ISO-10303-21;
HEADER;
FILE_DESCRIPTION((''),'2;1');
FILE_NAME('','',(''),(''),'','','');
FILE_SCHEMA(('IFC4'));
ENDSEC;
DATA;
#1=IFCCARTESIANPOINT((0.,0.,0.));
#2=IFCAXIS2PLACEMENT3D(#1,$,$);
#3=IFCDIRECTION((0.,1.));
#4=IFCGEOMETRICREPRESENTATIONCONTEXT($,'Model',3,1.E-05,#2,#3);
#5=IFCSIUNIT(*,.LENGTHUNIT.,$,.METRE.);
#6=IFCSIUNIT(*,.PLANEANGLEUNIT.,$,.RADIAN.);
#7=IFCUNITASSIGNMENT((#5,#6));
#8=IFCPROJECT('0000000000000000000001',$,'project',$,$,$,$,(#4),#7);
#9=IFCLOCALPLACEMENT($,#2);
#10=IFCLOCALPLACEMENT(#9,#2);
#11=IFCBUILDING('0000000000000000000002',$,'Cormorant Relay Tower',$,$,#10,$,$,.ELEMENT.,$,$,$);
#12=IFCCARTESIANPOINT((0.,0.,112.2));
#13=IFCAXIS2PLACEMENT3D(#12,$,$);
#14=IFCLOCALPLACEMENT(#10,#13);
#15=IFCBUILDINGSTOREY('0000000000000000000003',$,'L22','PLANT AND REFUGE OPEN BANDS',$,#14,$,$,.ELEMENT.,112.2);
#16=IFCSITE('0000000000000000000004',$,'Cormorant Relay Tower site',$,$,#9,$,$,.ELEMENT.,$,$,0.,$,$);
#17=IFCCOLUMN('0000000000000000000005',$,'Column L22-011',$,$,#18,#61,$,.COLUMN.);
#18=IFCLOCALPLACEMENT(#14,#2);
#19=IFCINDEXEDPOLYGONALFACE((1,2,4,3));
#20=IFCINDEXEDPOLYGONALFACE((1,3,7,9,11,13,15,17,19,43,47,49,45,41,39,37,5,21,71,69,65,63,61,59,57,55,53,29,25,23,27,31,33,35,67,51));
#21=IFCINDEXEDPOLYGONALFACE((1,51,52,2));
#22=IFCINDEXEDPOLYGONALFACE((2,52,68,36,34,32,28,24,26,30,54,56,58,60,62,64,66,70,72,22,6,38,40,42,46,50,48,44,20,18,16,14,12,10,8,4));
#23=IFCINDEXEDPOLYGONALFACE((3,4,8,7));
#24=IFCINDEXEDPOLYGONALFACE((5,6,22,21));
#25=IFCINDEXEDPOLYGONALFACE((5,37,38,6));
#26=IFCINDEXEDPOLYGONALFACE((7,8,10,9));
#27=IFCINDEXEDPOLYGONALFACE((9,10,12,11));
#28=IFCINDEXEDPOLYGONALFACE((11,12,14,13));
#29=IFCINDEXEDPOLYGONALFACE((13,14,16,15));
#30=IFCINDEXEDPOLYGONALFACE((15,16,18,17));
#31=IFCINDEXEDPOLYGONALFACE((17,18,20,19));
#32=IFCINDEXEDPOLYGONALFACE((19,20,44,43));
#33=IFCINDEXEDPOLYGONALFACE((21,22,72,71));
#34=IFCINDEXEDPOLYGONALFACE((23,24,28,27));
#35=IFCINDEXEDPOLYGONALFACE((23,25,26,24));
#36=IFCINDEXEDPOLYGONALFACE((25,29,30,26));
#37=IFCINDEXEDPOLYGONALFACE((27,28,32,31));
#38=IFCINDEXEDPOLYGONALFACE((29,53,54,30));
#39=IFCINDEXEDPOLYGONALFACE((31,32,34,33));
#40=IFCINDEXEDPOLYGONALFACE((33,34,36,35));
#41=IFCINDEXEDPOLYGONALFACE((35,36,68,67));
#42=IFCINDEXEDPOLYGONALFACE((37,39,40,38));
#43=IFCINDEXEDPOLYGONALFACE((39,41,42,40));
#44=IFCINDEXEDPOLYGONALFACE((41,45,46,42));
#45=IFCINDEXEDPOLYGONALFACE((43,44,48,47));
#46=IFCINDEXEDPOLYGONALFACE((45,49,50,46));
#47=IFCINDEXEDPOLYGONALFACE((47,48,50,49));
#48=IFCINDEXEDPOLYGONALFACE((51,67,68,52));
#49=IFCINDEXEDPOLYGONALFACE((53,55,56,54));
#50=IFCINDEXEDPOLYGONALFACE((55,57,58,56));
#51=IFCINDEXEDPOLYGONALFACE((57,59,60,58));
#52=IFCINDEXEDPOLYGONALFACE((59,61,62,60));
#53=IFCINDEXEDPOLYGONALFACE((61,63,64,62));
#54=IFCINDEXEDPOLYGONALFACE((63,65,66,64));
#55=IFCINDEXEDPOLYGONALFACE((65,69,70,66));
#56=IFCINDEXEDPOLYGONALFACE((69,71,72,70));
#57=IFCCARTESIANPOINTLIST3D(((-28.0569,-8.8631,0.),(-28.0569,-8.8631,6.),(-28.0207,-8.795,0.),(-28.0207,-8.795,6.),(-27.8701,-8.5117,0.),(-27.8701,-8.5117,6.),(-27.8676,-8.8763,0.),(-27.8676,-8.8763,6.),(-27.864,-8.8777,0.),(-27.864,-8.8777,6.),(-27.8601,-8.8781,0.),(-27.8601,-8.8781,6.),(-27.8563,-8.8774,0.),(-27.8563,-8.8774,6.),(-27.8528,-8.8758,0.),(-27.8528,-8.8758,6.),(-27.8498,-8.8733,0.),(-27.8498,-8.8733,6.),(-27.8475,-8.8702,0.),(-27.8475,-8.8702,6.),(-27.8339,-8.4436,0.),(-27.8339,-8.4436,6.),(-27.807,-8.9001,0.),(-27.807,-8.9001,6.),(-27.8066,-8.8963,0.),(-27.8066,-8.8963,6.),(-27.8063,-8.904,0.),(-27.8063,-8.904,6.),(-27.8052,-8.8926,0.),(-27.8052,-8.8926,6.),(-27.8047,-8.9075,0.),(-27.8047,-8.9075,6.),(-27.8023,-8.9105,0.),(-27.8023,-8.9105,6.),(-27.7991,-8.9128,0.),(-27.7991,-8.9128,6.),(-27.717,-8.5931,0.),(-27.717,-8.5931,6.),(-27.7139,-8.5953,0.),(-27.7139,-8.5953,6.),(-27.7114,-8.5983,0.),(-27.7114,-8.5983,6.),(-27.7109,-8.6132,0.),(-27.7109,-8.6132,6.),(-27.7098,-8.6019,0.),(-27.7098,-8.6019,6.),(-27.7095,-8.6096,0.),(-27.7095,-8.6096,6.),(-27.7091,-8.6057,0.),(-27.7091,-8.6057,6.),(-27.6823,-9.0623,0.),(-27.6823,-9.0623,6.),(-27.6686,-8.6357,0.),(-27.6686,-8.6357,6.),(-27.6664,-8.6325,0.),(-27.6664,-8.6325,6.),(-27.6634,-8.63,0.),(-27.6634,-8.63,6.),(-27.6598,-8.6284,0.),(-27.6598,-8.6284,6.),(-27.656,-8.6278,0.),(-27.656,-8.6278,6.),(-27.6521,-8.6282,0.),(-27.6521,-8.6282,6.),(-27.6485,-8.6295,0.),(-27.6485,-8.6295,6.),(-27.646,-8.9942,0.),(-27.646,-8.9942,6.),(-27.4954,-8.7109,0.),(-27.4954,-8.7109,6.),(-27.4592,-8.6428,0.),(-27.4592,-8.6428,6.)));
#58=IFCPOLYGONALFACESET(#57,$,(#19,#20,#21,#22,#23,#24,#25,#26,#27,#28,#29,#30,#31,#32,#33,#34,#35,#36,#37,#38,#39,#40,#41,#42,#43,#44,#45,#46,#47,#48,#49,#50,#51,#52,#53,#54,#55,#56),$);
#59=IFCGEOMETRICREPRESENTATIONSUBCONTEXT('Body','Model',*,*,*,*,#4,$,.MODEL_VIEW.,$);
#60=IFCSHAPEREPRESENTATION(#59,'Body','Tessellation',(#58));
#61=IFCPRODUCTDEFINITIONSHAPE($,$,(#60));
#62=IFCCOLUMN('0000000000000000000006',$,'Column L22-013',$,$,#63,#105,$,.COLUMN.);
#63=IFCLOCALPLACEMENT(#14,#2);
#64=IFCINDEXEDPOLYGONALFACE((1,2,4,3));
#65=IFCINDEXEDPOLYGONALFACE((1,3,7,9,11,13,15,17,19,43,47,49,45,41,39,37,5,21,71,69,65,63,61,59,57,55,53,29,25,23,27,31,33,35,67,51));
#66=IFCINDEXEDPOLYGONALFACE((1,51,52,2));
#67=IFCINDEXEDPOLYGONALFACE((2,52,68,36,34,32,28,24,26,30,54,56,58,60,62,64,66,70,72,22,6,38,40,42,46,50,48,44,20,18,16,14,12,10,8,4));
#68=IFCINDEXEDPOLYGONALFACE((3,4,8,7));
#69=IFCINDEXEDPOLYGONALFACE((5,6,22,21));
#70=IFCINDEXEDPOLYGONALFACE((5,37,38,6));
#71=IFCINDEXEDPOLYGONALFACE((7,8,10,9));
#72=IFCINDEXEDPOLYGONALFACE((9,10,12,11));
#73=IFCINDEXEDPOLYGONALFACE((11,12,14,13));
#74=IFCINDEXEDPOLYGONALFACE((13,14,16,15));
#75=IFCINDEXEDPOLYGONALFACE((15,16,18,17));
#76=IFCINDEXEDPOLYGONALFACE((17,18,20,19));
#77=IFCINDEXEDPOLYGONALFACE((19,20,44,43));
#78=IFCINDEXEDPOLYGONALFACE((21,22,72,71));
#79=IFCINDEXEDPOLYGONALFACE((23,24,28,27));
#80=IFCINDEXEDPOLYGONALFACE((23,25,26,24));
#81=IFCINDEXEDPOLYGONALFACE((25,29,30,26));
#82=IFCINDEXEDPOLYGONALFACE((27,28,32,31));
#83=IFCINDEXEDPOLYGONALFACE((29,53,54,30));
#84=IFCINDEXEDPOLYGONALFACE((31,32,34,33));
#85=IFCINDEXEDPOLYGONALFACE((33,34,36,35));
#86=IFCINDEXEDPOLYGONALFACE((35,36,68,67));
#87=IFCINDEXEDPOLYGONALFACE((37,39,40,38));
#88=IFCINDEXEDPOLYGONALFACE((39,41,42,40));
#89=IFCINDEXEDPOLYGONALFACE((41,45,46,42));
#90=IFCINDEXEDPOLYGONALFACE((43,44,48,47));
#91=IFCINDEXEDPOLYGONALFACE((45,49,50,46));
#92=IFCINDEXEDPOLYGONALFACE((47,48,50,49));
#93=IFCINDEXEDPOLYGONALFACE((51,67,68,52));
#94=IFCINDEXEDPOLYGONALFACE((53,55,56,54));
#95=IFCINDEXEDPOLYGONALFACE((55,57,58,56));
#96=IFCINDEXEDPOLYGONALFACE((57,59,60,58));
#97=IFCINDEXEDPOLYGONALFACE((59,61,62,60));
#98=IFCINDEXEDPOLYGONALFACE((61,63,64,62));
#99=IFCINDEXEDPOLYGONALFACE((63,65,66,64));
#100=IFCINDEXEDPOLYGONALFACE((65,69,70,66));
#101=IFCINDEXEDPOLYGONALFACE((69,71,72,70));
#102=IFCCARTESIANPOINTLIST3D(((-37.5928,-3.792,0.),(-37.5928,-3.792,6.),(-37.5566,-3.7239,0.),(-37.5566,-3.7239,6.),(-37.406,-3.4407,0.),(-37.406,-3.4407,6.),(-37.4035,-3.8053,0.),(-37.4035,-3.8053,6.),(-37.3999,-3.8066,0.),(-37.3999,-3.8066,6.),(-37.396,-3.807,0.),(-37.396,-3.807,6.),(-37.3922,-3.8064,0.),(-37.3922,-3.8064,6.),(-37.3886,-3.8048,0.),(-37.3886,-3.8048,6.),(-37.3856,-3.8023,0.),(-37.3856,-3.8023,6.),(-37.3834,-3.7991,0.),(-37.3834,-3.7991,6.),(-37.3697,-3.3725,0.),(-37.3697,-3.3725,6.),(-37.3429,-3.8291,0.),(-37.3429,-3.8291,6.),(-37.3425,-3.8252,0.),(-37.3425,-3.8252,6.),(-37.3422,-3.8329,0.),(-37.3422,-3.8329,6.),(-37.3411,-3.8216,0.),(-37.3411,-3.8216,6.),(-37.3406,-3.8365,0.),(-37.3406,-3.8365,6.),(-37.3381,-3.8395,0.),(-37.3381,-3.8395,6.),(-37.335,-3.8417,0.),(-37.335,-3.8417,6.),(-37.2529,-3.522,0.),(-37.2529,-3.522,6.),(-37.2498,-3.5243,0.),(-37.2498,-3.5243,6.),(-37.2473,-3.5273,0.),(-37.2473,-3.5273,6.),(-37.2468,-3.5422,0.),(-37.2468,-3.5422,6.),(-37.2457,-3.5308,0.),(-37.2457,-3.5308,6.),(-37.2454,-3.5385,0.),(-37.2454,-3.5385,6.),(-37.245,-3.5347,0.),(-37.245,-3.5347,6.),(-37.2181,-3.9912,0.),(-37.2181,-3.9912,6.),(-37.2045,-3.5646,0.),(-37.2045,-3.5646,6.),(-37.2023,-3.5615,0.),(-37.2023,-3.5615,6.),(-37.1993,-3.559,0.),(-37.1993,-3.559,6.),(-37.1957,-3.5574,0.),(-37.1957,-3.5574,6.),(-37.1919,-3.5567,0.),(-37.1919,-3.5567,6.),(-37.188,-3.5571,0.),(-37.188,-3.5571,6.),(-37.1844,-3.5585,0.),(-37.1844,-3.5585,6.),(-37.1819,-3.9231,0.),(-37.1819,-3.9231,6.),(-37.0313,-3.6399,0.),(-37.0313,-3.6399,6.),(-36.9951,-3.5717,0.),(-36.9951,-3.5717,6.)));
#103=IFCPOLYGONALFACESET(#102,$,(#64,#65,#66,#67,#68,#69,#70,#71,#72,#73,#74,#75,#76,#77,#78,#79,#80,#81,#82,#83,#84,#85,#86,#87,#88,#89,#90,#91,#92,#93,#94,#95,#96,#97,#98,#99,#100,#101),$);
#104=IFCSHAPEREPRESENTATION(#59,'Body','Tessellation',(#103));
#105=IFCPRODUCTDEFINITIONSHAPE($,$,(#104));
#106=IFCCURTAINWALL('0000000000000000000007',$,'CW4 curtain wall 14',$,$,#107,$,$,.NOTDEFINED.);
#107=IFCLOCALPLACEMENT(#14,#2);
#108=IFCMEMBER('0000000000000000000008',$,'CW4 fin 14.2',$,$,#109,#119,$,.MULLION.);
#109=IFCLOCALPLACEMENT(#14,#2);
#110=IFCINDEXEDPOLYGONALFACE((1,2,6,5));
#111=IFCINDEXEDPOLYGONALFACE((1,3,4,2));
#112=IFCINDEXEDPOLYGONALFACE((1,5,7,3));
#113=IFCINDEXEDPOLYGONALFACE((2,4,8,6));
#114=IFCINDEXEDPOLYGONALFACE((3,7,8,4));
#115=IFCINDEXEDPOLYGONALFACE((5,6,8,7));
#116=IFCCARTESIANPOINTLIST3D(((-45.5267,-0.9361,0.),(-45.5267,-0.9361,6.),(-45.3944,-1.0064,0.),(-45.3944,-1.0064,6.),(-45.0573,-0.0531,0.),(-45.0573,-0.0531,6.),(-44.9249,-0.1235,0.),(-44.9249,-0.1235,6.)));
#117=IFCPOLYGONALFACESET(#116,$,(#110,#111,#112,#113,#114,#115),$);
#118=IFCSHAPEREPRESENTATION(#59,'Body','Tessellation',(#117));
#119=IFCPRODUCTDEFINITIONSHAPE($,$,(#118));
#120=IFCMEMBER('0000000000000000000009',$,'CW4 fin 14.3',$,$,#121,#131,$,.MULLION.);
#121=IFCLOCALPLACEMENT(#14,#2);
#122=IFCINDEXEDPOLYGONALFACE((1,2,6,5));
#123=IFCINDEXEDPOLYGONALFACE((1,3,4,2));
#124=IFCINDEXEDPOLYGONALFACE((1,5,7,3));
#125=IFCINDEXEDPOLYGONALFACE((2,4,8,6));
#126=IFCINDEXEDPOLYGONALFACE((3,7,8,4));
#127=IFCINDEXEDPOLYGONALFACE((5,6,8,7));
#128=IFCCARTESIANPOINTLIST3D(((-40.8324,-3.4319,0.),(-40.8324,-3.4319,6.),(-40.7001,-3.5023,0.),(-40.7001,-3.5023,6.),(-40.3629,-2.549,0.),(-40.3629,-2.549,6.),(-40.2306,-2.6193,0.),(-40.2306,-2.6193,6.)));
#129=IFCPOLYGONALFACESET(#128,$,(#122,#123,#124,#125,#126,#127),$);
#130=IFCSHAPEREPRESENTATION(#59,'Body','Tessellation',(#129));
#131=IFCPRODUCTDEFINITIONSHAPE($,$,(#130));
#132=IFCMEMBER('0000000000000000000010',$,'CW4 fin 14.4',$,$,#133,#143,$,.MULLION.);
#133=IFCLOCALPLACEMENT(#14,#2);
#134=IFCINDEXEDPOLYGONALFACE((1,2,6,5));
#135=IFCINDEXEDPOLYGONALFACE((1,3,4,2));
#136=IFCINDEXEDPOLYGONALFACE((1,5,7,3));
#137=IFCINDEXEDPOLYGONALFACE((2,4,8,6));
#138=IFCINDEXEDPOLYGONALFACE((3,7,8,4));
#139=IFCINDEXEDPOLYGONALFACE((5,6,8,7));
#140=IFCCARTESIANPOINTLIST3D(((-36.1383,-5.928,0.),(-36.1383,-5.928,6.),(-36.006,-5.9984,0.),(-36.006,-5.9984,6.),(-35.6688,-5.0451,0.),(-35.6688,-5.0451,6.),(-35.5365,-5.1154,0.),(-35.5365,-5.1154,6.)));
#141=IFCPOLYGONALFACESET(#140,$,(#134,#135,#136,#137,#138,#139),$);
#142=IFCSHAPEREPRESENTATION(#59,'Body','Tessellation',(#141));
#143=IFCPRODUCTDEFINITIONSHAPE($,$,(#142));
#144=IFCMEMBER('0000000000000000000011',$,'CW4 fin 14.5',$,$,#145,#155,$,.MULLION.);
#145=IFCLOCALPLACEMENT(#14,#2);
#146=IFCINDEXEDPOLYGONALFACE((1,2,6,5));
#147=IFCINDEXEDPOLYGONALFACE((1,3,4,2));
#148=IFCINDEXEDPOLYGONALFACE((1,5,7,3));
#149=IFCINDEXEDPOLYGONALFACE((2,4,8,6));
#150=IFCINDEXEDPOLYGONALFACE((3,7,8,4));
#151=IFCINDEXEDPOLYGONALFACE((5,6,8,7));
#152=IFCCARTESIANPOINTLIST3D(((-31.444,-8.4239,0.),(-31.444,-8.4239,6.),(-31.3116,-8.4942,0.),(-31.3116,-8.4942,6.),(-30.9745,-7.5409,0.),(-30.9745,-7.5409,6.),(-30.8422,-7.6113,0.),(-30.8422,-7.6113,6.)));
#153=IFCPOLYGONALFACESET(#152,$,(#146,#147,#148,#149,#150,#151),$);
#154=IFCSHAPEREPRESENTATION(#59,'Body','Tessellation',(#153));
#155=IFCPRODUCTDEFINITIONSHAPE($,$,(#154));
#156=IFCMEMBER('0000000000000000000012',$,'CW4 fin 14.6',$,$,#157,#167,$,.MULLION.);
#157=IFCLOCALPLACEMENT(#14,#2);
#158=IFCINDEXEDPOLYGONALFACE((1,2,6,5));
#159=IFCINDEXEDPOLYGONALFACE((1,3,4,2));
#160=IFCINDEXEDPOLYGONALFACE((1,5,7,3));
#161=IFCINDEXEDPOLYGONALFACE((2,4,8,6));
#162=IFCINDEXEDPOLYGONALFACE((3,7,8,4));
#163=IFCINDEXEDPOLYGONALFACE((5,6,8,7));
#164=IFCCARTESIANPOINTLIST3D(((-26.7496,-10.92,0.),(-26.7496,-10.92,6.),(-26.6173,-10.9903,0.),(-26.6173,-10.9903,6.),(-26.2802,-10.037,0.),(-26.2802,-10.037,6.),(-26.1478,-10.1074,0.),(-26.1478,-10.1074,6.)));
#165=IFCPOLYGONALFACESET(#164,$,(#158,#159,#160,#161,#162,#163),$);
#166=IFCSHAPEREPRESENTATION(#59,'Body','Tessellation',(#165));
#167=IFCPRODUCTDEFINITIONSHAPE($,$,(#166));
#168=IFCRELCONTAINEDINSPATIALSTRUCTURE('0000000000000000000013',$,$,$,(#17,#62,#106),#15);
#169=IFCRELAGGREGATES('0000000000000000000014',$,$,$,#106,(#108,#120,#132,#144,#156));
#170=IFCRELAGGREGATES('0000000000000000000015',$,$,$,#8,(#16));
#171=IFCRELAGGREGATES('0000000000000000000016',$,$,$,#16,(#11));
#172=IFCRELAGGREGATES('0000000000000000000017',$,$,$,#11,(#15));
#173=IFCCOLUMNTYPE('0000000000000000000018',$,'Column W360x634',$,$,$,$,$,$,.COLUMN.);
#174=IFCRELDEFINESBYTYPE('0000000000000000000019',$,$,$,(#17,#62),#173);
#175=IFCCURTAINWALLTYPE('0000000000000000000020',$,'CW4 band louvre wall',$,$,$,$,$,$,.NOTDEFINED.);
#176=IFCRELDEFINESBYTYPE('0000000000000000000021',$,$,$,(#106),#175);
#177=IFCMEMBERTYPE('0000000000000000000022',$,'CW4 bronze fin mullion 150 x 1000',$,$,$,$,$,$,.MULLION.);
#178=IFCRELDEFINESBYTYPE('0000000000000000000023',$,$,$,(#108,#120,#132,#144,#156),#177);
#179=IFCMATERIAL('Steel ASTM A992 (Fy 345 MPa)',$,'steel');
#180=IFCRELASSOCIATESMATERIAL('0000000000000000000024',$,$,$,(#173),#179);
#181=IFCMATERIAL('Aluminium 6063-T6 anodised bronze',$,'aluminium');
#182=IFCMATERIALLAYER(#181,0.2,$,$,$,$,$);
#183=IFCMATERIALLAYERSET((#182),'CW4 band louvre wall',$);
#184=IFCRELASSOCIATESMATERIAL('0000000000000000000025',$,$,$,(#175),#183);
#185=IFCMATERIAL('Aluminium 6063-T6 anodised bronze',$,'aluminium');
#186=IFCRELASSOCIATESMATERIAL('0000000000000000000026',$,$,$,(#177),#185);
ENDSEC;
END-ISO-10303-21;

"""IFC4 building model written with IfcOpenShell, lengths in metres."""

from ifc_helpers import new_model, si_unit, direction, frame, origin, origin_2d, place, context, subcontext, project, spatial, rectangle, i_section, extrude, material, layer, layer_set, material_profile, profile_set, type_object, element, aggregate, save


model = new_model("IFC4")

# Units and contexts
model_context = context("Model", 3, precision=1e-05, world=origin(), true_north=direction((0.0, 1.0)))
body_context = subcontext(model_context, "Body", "Model", "MODEL_VIEW")
ifc_project = project(units=[si_unit("LENGTHUNIT", "METRE"), si_unit("PLANEANGLEUNIT", "RADIAN")], contexts=[model_context])

# Site, building, storey
site_placement = place(None, origin())
site = spatial("IfcSite", under=ifc_project, at=site_placement, Name="Cormorant Relay Tower site", CompositionType="ELEMENT", RefElevation=0.0)
building_placement = place(site_placement, origin())
building = spatial("IfcBuilding", under=site, at=building_placement, Name="Cormorant Relay Tower", CompositionType="ELEMENT")
storey_placement = place(building_placement, frame((0.0, 0.0, 112.2)))
storey = spatial("IfcBuildingStorey", under=building, at=storey_placement, Name="L22", Description="PLANT AND REFUGE OPEN BANDS", CompositionType="ELEMENT", Elevation=112.2)

# Columns
ifc_material_1 = material(Name="Steel ASTM A992 (Fy 345 MPa)", Category="steel")
ifc_material_profile_1 = material_profile(ifc_material_1, i_section(OverallWidth=0.4243, OverallDepth=0.4751, WebThickness=0.0479, FlangeThickness=0.0771, FilletRadius=0.0149, at=origin_2d()), Name="W360x634")
ifc_profile_set_1 = profile_set([ifc_material_profile_1], Name="Steel ASTM A992 (Fy 345 MPa)")
column_type = type_object("IfcColumnType", Name="Column W360x634", PredefinedType="COLUMN", material=ifc_profile_set_1)
for number, where, z_axis, x_axis, name in (
    (1, (-27.7581, -8.7529, 0.0), (0.0, 0.0, 1.0), (0.882948, -0.469472, 0.0), "Column L22-011"),
    (2, (-37.2939, -3.6819, 0.0), (0.0, 0.0, 1.0), (0.882948, -0.469472, 0.0), "Column L22-013"),
):
    element("IfcColumn", number, at=place(storey_placement, frame(where, z_axis=z_axis, x_axis=x_axis)), inside=storey, type_object=column_type, Name=name, PredefinedType="COLUMN", context=body_context, shape_type="SweptSolid", body=[
        extrude(i_section(OverallWidth=0.4243, OverallDepth=0.4751, WebThickness=0.0479, FlangeThickness=0.0771, FilletRadius=0.0149, at=origin_2d()), origin(), (0.0, 0.0, 1.0), 6.0),
    ])

# Curtain wall, members
ifc_material_2 = material(Name="Aluminium 6063-T6 anodised bronze", Category="aluminium")
ifc_layer_1 = layer(ifc_material_2, 0.2)
ifc_layer_set_1 = layer_set([ifc_layer_1], Name="CW4 band louvre wall")
curtain_wall_type = type_object("IfcCurtainWallType", Name="CW4 band louvre wall", PredefinedType="NOTDEFINED", material=ifc_layer_set_1)
curtain_wall_placement = place(storey_placement, origin())
curtain_wall = element("IfcCurtainWall", 3, at=curtain_wall_placement, inside=storey, type_object=curtain_wall_type, Name="CW4 curtain wall 14", PredefinedType="NOTDEFINED")
ifc_material_3 = material(Name="Aluminium 6063-T6 anodised bronze", Category="aluminium")
ifc_material_profile_2 = material_profile(ifc_material_3, rectangle(XDim=0.1499, YDim=1.0, at=origin_2d()), Name="AL 150x1000")
ifc_profile_set_2 = profile_set([ifc_material_profile_2], Name="Aluminium 6063-T6 anodised bronze")
member_type = type_object("IfcMemberType", Name="CW4 bronze fin mullion 150 x 1000", PredefinedType="MULLION", material=ifc_profile_set_2)
member_1_placement = place(storey_placement, frame((-45.2258, -0.5298, 0.0), z_axis=(0.0, 0.0, 1.0), x_axis=(0.882948, -0.469472, 0.0)))
member_1 = element("IfcMember", 4, at=member_1_placement, type_object=member_type, Name="CW4 fin 14.2", PredefinedType="MULLION", context=body_context, shape_type="SweptSolid", body=[
    extrude(rectangle(XDim=0.1499, YDim=1.0, at=origin_2d()), origin(), (0.0, 0.0, 1.0), 6.0),
])
member_2_placement = place(storey_placement, frame((-40.5315, -3.0256, 0.0), z_axis=(0.0, 0.0, 1.0), x_axis=(0.882948, -0.469472, 0.0)))
member_2 = element("IfcMember", 5, at=member_2_placement, type_object=member_type, Name="CW4 fin 14.3", PredefinedType="MULLION", context=body_context, shape_type="SweptSolid", body=[
    extrude(rectangle(XDim=0.1499, YDim=1.0, at=origin_2d()), origin(), (0.0, 0.0, 1.0), 6.0),
])
member_3_placement = place(storey_placement, frame((-35.8374, -5.5217, 0.0), z_axis=(0.0, 0.0, 1.0), x_axis=(0.882948, -0.469472, 0.0)))
member_3 = element("IfcMember", 6, at=member_3_placement, type_object=member_type, Name="CW4 fin 14.4", PredefinedType="MULLION", context=body_context, shape_type="SweptSolid", body=[
    extrude(rectangle(XDim=0.1499, YDim=1.0, at=origin_2d()), origin(), (0.0, 0.0, 1.0), 6.0),
])
member_4_placement = place(storey_placement, frame((-31.1431, -8.0176, 0.0), z_axis=(0.0, 0.0, 1.0), x_axis=(0.882948, -0.469472, 0.0)))
member_4 = element("IfcMember", 7, at=member_4_placement, type_object=member_type, Name="CW4 fin 14.5", PredefinedType="MULLION", context=body_context, shape_type="SweptSolid", body=[
    extrude(rectangle(XDim=0.1499, YDim=1.0, at=origin_2d()), origin(), (0.0, 0.0, 1.0), 6.0),
])
member_5_placement = place(storey_placement, frame((-26.4487, -10.5137, 0.0), z_axis=(0.0, 0.0, 1.0), x_axis=(0.882948, -0.469472, 0.0)))
member_5 = element("IfcMember", 8, at=member_5_placement, type_object=member_type, Name="CW4 fin 14.6", PredefinedType="MULLION", context=body_context, shape_type="SweptSolid", body=[
    extrude(rectangle(XDim=0.1499, YDim=1.0, at=origin_2d()), origin(), (0.0, 0.0, 1.0), 6.0),
])

aggregate(curtain_wall, [member_1, member_2, member_3, member_4, member_5])

save(model, "model.ifc")
